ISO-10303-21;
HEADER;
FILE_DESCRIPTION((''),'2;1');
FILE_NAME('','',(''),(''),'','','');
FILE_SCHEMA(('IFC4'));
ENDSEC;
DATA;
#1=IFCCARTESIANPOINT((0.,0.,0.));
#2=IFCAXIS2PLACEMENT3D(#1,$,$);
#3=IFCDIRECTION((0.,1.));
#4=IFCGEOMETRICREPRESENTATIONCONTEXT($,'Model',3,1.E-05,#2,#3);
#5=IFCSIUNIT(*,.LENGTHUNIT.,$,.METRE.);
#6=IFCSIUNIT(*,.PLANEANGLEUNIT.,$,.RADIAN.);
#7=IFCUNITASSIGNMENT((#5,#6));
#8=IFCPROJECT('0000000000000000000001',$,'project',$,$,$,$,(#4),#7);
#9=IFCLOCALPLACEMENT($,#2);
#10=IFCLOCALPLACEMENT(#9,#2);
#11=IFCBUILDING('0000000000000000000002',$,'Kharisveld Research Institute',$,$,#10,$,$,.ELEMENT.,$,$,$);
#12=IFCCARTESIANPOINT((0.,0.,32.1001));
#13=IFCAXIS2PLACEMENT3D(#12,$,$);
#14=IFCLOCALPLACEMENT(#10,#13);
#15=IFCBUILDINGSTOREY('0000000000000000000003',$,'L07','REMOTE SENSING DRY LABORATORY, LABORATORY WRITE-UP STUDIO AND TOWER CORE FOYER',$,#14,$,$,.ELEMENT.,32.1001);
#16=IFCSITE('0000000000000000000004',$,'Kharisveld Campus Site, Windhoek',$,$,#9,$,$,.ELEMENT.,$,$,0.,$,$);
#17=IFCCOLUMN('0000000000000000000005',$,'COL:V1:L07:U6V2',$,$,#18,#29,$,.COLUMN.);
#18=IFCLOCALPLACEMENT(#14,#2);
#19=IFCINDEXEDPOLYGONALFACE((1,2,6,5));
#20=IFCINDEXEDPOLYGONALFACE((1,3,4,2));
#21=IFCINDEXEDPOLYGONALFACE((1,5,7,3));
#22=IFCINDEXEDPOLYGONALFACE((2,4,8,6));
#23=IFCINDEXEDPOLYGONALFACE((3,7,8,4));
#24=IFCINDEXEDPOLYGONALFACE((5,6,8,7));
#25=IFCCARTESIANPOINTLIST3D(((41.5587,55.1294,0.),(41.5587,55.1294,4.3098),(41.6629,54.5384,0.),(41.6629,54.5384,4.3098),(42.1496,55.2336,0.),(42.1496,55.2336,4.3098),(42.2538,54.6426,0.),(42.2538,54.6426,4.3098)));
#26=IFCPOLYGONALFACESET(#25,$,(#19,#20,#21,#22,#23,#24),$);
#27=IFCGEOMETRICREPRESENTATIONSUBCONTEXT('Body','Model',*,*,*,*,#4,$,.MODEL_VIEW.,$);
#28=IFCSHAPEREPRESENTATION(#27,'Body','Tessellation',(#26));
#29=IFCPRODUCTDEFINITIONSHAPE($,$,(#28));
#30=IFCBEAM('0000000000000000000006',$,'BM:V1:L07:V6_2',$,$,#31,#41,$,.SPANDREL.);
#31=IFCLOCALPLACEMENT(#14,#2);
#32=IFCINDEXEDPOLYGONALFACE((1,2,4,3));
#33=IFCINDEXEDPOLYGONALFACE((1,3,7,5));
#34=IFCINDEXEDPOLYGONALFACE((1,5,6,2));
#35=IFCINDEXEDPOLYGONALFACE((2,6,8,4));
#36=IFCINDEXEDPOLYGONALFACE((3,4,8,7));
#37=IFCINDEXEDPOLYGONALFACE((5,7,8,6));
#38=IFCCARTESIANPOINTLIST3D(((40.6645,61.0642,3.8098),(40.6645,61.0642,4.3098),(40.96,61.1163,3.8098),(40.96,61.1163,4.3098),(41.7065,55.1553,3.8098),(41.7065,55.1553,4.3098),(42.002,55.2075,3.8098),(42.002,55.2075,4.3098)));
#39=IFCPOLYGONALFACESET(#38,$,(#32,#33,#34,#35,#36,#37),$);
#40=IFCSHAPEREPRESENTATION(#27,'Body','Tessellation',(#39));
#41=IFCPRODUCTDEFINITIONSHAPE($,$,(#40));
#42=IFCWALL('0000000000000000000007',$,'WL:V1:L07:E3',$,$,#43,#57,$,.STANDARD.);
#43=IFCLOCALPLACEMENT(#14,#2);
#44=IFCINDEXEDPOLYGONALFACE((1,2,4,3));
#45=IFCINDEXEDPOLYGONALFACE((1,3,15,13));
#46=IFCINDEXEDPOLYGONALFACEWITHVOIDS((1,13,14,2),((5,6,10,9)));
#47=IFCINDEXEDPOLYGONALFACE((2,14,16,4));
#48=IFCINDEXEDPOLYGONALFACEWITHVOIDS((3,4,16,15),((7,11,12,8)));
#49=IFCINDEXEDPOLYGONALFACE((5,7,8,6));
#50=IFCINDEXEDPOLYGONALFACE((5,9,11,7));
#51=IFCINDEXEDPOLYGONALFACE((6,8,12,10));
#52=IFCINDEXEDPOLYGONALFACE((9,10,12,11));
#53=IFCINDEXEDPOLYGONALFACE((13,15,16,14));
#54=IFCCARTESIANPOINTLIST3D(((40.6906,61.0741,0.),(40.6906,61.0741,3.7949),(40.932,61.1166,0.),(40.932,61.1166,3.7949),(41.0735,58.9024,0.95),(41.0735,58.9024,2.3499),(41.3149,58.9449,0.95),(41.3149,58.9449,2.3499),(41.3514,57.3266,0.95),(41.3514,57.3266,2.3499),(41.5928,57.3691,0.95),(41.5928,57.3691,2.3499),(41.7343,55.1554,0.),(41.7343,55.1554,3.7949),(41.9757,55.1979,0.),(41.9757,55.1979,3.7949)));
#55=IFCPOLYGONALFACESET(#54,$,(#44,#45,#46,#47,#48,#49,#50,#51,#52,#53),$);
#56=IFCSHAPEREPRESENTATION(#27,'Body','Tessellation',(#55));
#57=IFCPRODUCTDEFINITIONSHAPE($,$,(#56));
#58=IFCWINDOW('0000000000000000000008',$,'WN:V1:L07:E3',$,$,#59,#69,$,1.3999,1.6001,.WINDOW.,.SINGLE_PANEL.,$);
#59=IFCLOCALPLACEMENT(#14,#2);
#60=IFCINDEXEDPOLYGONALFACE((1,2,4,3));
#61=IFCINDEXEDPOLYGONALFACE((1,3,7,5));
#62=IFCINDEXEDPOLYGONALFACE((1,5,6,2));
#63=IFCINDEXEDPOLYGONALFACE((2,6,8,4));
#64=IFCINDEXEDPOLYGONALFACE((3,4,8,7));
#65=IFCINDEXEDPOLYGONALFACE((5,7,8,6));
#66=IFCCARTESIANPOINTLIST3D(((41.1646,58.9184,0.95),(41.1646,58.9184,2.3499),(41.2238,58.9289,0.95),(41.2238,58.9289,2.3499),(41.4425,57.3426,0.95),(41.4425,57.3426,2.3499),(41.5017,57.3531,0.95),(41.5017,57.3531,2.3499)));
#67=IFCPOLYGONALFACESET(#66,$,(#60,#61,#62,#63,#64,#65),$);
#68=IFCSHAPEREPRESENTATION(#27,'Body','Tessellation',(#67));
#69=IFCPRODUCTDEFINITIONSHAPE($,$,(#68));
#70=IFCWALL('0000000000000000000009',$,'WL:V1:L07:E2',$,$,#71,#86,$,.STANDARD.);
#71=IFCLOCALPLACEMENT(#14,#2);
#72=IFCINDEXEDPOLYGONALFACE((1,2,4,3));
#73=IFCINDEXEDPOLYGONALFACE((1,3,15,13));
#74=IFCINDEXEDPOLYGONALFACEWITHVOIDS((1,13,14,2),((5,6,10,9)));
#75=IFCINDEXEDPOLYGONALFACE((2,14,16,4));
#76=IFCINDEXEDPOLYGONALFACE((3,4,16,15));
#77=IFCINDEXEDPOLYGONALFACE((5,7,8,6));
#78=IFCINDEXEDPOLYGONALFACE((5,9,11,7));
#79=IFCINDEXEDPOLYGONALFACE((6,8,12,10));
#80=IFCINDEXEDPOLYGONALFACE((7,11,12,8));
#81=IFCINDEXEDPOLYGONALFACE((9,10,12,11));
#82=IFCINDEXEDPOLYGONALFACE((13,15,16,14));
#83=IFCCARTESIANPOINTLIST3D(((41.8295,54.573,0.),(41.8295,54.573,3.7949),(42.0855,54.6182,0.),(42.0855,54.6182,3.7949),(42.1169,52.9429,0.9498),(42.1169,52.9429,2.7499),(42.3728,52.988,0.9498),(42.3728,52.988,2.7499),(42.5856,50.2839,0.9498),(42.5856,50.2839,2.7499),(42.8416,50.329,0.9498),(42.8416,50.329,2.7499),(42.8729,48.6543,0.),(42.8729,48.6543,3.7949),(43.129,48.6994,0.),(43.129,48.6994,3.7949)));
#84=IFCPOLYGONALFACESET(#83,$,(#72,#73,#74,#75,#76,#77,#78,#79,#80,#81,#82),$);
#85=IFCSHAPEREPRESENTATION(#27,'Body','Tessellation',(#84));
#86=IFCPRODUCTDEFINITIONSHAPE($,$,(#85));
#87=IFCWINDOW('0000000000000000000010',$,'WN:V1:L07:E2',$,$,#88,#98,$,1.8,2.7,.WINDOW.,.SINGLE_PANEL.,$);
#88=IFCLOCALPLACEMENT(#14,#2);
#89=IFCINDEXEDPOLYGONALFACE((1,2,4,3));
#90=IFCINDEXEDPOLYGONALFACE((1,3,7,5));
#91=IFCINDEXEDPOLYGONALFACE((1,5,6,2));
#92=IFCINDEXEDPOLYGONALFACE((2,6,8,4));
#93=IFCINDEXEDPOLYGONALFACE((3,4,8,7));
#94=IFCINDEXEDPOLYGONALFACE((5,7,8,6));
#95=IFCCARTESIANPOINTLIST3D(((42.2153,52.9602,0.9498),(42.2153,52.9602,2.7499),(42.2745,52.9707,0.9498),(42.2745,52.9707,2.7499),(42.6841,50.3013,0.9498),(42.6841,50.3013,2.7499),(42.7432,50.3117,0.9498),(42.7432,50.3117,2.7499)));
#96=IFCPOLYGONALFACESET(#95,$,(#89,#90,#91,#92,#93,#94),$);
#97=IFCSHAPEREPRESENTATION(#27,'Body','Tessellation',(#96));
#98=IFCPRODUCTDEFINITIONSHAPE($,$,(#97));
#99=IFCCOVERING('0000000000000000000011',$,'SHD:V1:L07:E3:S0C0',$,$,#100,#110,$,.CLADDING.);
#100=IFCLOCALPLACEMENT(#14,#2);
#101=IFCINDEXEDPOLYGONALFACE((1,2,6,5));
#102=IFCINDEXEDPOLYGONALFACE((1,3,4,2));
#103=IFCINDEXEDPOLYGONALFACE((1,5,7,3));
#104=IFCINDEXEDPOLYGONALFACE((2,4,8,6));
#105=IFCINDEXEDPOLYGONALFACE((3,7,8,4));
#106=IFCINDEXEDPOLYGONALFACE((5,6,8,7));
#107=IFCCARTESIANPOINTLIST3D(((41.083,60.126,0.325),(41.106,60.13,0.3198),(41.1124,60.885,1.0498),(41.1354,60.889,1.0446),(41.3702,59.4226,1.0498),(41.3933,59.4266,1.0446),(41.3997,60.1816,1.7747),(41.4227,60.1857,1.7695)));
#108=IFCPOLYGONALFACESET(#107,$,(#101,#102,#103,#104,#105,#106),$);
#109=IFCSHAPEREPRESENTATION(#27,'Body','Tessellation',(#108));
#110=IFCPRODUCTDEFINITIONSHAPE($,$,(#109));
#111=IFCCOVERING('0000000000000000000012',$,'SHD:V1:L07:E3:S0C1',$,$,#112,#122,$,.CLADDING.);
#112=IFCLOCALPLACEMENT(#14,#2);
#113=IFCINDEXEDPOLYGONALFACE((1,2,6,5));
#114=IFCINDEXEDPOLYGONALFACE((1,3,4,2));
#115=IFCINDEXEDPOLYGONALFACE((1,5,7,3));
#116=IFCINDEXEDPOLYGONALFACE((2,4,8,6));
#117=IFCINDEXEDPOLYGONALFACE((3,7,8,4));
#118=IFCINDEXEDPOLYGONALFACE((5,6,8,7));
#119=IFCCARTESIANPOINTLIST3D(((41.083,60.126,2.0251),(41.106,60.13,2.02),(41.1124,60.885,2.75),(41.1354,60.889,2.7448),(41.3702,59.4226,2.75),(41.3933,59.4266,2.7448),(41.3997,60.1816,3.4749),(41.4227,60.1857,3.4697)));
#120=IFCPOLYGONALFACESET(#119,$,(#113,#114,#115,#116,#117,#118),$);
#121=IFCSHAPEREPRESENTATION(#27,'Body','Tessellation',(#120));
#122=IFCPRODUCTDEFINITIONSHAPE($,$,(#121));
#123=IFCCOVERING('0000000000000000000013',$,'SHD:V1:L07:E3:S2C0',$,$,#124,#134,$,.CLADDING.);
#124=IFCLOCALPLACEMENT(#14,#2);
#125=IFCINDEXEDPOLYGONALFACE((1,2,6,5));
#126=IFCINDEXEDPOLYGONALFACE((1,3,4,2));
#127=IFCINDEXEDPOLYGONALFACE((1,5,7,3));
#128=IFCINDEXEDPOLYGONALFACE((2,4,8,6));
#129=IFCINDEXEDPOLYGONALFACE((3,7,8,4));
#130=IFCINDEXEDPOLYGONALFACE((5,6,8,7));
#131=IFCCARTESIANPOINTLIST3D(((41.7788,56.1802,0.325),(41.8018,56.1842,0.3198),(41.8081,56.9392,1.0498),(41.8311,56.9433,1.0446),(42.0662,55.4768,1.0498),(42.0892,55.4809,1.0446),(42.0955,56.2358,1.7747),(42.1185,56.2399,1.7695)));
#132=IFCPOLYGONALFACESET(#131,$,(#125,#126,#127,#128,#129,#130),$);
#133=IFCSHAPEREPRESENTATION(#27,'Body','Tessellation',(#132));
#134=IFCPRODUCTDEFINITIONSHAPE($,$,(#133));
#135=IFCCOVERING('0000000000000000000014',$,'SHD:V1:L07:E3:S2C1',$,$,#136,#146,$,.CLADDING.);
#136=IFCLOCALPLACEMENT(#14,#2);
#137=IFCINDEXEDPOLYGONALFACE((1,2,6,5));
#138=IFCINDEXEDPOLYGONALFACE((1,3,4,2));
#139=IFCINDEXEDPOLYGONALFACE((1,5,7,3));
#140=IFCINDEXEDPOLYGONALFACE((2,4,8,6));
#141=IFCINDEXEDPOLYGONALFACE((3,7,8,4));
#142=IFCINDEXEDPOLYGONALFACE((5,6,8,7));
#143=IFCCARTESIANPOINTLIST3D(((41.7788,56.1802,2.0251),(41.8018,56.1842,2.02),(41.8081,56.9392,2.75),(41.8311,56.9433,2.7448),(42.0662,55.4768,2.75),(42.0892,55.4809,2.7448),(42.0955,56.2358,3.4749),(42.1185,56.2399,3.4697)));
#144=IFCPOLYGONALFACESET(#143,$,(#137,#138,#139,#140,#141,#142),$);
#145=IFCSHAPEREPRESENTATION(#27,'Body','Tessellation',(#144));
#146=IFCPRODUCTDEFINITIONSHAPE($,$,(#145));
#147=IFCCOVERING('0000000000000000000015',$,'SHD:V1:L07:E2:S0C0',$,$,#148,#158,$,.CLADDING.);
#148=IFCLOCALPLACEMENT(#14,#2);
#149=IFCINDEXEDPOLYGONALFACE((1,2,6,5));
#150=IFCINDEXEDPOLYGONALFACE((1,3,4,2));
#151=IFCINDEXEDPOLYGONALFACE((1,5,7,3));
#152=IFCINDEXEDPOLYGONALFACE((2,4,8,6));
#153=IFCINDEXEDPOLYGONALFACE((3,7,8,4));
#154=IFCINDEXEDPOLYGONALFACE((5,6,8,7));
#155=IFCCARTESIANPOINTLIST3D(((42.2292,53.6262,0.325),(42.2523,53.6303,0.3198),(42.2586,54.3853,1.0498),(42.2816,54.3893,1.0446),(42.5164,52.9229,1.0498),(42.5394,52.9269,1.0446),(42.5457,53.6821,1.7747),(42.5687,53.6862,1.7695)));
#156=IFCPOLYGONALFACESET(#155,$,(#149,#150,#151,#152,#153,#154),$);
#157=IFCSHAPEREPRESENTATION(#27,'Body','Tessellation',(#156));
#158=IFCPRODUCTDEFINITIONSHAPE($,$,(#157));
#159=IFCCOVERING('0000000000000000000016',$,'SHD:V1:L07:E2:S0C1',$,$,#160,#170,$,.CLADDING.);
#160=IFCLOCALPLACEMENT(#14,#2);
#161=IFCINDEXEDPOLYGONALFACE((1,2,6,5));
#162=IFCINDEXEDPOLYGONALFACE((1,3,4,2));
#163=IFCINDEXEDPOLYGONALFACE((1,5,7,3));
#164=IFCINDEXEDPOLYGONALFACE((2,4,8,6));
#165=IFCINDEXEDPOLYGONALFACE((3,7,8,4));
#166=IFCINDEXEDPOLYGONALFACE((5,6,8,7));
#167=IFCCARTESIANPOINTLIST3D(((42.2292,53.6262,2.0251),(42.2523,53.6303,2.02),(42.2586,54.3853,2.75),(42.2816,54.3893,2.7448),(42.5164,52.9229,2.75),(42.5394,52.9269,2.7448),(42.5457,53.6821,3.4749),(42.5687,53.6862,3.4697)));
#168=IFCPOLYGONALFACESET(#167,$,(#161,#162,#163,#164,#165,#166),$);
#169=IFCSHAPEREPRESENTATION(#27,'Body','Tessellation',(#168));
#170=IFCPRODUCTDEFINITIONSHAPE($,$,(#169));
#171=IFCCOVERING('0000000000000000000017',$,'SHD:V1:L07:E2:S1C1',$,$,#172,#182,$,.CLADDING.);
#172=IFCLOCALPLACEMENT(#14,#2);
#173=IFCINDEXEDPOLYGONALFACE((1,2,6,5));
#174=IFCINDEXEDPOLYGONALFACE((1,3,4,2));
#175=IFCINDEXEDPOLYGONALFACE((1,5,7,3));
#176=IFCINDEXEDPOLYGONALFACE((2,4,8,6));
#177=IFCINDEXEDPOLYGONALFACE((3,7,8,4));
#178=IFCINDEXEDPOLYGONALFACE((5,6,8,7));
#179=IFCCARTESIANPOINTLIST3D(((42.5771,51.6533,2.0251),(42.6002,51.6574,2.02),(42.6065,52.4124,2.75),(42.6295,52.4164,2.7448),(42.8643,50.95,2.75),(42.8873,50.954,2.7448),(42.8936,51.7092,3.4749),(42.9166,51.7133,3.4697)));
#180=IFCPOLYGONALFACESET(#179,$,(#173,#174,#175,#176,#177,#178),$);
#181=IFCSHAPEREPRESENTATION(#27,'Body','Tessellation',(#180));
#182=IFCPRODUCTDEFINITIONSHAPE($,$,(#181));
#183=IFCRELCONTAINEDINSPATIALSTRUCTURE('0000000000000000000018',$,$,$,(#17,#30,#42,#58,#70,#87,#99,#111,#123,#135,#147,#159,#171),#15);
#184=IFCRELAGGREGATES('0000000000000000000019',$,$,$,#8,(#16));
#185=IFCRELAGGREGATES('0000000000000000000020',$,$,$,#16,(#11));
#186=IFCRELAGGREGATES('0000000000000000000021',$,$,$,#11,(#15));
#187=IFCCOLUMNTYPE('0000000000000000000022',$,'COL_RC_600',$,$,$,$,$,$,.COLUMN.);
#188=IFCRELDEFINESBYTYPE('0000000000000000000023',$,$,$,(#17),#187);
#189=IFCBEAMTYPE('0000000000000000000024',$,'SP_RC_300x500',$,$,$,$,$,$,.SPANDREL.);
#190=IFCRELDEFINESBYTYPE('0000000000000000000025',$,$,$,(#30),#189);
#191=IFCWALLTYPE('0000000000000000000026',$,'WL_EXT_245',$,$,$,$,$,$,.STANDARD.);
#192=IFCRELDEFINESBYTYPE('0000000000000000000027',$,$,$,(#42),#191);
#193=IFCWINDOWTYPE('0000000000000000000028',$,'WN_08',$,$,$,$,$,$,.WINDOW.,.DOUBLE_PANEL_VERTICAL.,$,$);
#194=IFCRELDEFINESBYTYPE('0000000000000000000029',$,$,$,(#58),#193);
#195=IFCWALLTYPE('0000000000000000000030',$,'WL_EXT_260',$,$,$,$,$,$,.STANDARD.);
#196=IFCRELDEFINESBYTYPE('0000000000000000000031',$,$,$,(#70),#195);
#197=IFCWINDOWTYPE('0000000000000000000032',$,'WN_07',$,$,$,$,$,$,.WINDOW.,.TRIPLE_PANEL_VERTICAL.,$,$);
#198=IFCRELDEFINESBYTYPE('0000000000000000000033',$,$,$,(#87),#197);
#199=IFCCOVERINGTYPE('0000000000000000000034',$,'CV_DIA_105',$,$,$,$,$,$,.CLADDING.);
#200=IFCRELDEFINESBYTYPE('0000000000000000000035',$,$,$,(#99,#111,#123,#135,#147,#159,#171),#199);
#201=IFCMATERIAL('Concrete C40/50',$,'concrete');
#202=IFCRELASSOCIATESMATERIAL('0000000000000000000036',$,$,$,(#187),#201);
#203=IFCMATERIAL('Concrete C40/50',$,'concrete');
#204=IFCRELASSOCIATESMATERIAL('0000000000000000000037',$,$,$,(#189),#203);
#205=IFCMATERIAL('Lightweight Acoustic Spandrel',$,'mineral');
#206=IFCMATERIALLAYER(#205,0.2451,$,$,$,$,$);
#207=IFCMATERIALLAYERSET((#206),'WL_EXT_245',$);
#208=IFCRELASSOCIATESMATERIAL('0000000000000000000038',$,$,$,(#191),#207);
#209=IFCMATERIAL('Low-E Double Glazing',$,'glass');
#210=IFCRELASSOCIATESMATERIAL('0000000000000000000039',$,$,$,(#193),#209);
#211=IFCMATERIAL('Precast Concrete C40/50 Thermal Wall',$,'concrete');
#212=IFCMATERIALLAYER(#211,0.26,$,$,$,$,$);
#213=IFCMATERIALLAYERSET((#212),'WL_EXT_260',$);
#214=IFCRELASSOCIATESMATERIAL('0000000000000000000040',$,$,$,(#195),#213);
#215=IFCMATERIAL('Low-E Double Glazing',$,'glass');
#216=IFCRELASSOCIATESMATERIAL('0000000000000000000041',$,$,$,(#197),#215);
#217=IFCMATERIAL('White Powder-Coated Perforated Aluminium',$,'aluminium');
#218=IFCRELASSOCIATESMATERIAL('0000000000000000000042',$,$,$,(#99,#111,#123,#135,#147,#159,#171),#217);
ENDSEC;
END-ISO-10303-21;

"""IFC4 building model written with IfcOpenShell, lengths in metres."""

from ifc_helpers import new_model, si_unit, direction, frame, frame_2d, origin, origin_2d, place, context, subcontext, project, spatial, polyline, rectangle, outline, extrude, material, layer, layer_set, material_profile, profile_set, type_object, element, fill, save


model = new_model("IFC4")

# Units and contexts
model_context = context("Model", 3, precision=1e-05, world=origin(), true_north=direction((0.0, 1.0)))
body_context = subcontext(model_context, "Body", "Model", "MODEL_VIEW")
ifc_project = project(units=[si_unit("LENGTHUNIT", "METRE"), si_unit("PLANEANGLEUNIT", "RADIAN")], contexts=[model_context])

# Site, building, storey
site_placement = place(None, origin())
site = spatial("IfcSite", under=ifc_project, at=site_placement, Name="Kharisveld Campus Site, Windhoek", CompositionType="ELEMENT", RefElevation=0.0)
building_placement = place(site_placement, origin())
building = spatial("IfcBuilding", under=site, at=building_placement, Name="Kharisveld Research Institute", CompositionType="ELEMENT")
storey_placement = place(building_placement, frame((0.0, 0.0, 32.1001)))
storey = spatial("IfcBuildingStorey", under=building, at=storey_placement, Name="L07", Description="REMOTE SENSING DRY LABORATORY, LABORATORY WRITE-UP STUDIO AND TOWER CORE FOYER", CompositionType="ELEMENT", Elevation=32.1001)

# Column
ifc_material_1 = material(Name="Concrete C40/50", Category="concrete")
ifc_material_profile_1 = material_profile(ifc_material_1, rectangle(XDim=0.6001, YDim=0.6001, at=origin_2d()))
ifc_profile_set_1 = profile_set([ifc_material_profile_1], Name="Concrete C40/50")
column_type = type_object("IfcColumnType", Name="COL_RC_600", PredefinedType="COLUMN", material=ifc_profile_set_1)
column_placement = place(storey_placement, frame((41.9062, 54.886, 0.0), z_axis=(0.0, 0.0, 1.0), x_axis=(0.984808, 0.173648, 0.0)))
element("IfcColumn", 1, at=column_placement, inside=storey, type_object=column_type, Name="COL:V1:L07:U6V2", PredefinedType="COLUMN", context=body_context, shape_type="SweptSolid", body=[
    extrude(rectangle(XDim=0.6001, YDim=0.6001, at=origin_2d()), origin(), (0.0, 0.0, 1.0), 4.3098),
])

# Beam
ifc_material_2 = material(Name="Concrete C40/50", Category="concrete")
ifc_material_profile_2 = material_profile(ifc_material_2, rectangle(XDim=0.3, YDim=0.5, at=origin_2d()))
ifc_profile_set_2 = profile_set([ifc_material_profile_2], Name="Concrete C40/50")
beam_type = type_object("IfcBeamType", Name="SP_RC_300x500", PredefinedType="SPANDREL", material=ifc_profile_set_2)
beam_placement = place(storey_placement, frame((41.8542, 55.1814, 4.0598), z_axis=(-0.173662, 0.984805, 0.0), x_axis=(-0.984805, -0.173662, 0.0)))
element("IfcBeam", 2, at=beam_placement, inside=storey, type_object=beam_type, Name="BM:V1:L07:V6_2", PredefinedType="SPANDREL", context=body_context, shape_type="SweptSolid", body=[
    extrude(rectangle(XDim=0.3, YDim=0.5, at=origin_2d()), origin(), (0.0, 0.0, 1.0), 6.0),
])

# Walls, openings, windows
ifc_material_3 = material(Name="Lightweight Acoustic Spandrel", Category="mineral")
ifc_layer_1 = layer(ifc_material_3, 0.2451)
ifc_layer_set_1 = layer_set([ifc_layer_1], Name="WL_EXT_245")
wall_type_1 = type_object("IfcWallType", Name="WL_EXT_245", PredefinedType="STANDARD", material=ifc_layer_set_1)
wall_1_placement = place(storey_placement, frame((40.8113, 61.0952, 0.0), z_axis=(0.0, 0.0, 1.0), x_axis=(0.17366, -0.984806, 0.0)))
wall_1 = element("IfcWall", 3, at=wall_1_placement, inside=storey, type_object=wall_type_1, Name="WL:V1:L07:E3", PredefinedType="STANDARD", context=body_context, shape_type="SweptSolid", body=[
    extrude(rectangle(XDim=6.01, YDim=0.2451, at=frame_2d((3.0049, 0.0))), origin(), (0.0, 0.0, 1.0), 3.7949),
])
opening_1_placement = place(wall_1_placement, frame((2.2051, 0.0, 0.95)))
opening_1 = element("IfcOpeningElement", 4, at=opening_1_placement, cuts=wall_1, PredefinedType="OPENING", context=body_context, shape_type="SweptSolid", body=[
    extrude(rectangle(XDim=1.6001, YDim=1.3999, at=frame_2d((0.8, 0.7))), frame((0.0, 0.1226, 0.0), z_axis=(0.0, -1.0, 0.0), x_axis=(1.0, 0.0, 0.0)), (0.0, 0.0, 1.0), 0.2451),
])
ifc_material_4 = material(Name="Low-E Double Glazing", Category="glass")
window_type_1 = type_object("IfcWindowType", Name="WN_08", PartitioningType="DOUBLE_PANEL_VERTICAL", PredefinedType="WINDOW", material=ifc_material_4)
window_1_placement = place(opening_1_placement, origin())
window_1 = element("IfcWindow", 5, at=window_1_placement, inside=storey, type_object=window_type_1, Name="WN:V1:L07:E3", OverallHeight=1.3999, OverallWidth=1.6001, PartitioningType="SINGLE_PANEL", PredefinedType="WINDOW", context=body_context, shape_type="SweptSolid", body=[
    extrude(rectangle(XDim=1.6001, YDim=1.3999, at=frame_2d((0.8, 0.7))), frame((0.0, 0.03, 0.0), z_axis=(0.0, -1.0, 0.0), x_axis=(1.0, 0.0, 0.0)), (0.0, 0.0, 1.0), 0.0601),
])
fill(opening_1, window_1)
ifc_material_5 = material(Name="Precast Concrete C40/50 Thermal Wall", Category="concrete")
ifc_layer_2 = layer(ifc_material_5, 0.26)
ifc_layer_set_2 = layer_set([ifc_layer_2], Name="WL_EXT_260")
wall_type_2 = type_object("IfcWallType", Name="WL_EXT_260", PredefinedType="STANDARD", material=ifc_layer_set_2)
wall_2_placement = place(storey_placement, frame((41.9575, 54.5955, 0.0), z_axis=(0.0, 0.0, 1.0), x_axis=(0.173621, -0.984813, 0.0)))
wall_2 = element("IfcWall", 6, at=wall_2_placement, inside=storey, type_object=wall_type_2, Name="WL:V1:L07:E2", PredefinedType="STANDARD", context=body_context, shape_type="SweptSolid", body=[
    extrude(rectangle(XDim=6.01, YDim=0.26, at=frame_2d((3.0049, 0.0))), origin(), (0.0, 0.0, 1.0), 3.7949),
])
opening_2_placement = place(wall_2_placement, frame((1.655, 0.0, 0.95)))
opening_2 = element("IfcOpeningElement", 7, at=opening_2_placement, cuts=wall_2, PredefinedType="OPENING", context=body_context, shape_type="SweptSolid", body=[
    extrude(rectangle(XDim=2.7, YDim=1.8, at=frame_2d((1.3501, 0.8999))), frame((0.0, 0.1299, 0.0), z_axis=(0.0, -1.0, 0.0), x_axis=(1.0, 0.0, 0.0)), (0.0, 0.0, 1.0), 0.26),
])
ifc_material_6 = material(Name="Low-E Double Glazing", Category="glass")
window_type_2 = type_object("IfcWindowType", Name="WN_07", PartitioningType="TRIPLE_PANEL_VERTICAL", PredefinedType="WINDOW", material=ifc_material_6)
window_2_placement = place(opening_2_placement, origin())
window_2 = element("IfcWindow", 8, at=window_2_placement, inside=storey, type_object=window_type_2, Name="WN:V1:L07:E2", OverallHeight=1.8, OverallWidth=2.7, PartitioningType="SINGLE_PANEL", PredefinedType="WINDOW", context=body_context, shape_type="SweptSolid", body=[
    extrude(rectangle(XDim=2.7, YDim=1.8, at=frame_2d((1.3501, 0.8999))), frame((0.0, 0.03, 0.0), z_axis=(0.0, -1.0, 0.0), x_axis=(1.0, 0.0, 0.0)), (0.0, 0.0, 1.0), 0.0601),
])
fill(opening_2, window_2)

# Coverings
ifc_material_7 = material(Name="White Powder-Coated Perforated Aluminium", Category="aluminium")
covering_type = type_object("IfcCoveringType", Name="CV_DIA_105", PredefinedType="CLADDING")
for number, where, z_axis, x_axis, name in (
    (9, (41.083, 60.126, 0.325), (-0.961453, -0.169498, 0.216512), (0.273536, -0.66983, 0.690294), "SHD:V1:L07:E3:S0C0"),
    (10, (41.083, 60.126, 2.0251), (-0.961453, -0.169498, 0.216512), (0.273536, -0.66983, 0.690294), "SHD:V1:L07:E3:S0C1"),
):
    element("IfcCovering", number, at=place(storey_placement, frame(where, z_axis=z_axis, x_axis=x_axis)), inside=storey, type_object=covering_type, material=ifc_material_7, Name=name, PredefinedType="CLADDING", context=body_context, shape_type="SweptSolid", body=[
        extrude(outline(polyline([(0.0, 0.0), (1.0501, 0.0), (1.0501, 1.05), (0.0, 1.05), (0.0, 0.0)])), origin(), (0.0, 0.0, -1.0), 0.0239),
    ])
for number, where, z_axis, x_axis, name in (
    (11, (41.7788, 56.1802, 0.325), (-0.961426, -0.169654, 0.216512), (0.273644, -0.669811, 0.69027), "SHD:V1:L07:E3:S2C0"),
    (12, (41.7788, 56.1802, 2.0251), (-0.961426, -0.169654, 0.216512), (0.273644, -0.669811, 0.69027), "SHD:V1:L07:E3:S2C1"),
):
    element("IfcCovering", number, at=place(storey_placement, frame(where, z_axis=z_axis, x_axis=x_axis)), inside=storey, type_object=covering_type, material=ifc_material_7, Name=name, PredefinedType="CLADDING", context=body_context, shape_type="SweptSolid", body=[
        extrude(outline(polyline([(0.0, 0.0), (1.0501, 0.0), (1.0501, 1.05), (0.0, 1.05), (0.0, 0.0)])), origin(), (0.0, 0.0, -1.0), 0.0239),
    ])
for number, where, z_axis, x_axis, name in (
    (13, (42.2292, 53.6262, 0.325), (-0.961481, -0.169503, 0.216385), (0.273447, -0.66985, 0.69031), "SHD:V1:L07:E2:S0C0"),
    (14, (42.2292, 53.6262, 2.0251), (-0.961481, -0.169503, 0.216385), (0.273447, -0.66985, 0.69031), "SHD:V1:L07:E2:S0C1"),
    (15, (42.5771, 51.6533, 2.0251), (-0.961481, -0.169503, 0.216385), (0.273447, -0.66985, 0.69031), "SHD:V1:L07:E2:S1C1"),
):
    element("IfcCovering", number, at=place(storey_placement, frame(where, z_axis=z_axis, x_axis=x_axis)), inside=storey, type_object=covering_type, material=ifc_material_7, Name=name, PredefinedType="CLADDING", context=body_context, shape_type="SweptSolid", body=[
        extrude(outline(polyline([(0.0, 0.0), (1.05, 0.0), (1.0498, 1.0501), (-0.0001, 1.05), (0.0, 0.0)])), origin(), (0.0, 0.0, -1.0), 0.0239),
    ])

save(model, "model.ifc")
